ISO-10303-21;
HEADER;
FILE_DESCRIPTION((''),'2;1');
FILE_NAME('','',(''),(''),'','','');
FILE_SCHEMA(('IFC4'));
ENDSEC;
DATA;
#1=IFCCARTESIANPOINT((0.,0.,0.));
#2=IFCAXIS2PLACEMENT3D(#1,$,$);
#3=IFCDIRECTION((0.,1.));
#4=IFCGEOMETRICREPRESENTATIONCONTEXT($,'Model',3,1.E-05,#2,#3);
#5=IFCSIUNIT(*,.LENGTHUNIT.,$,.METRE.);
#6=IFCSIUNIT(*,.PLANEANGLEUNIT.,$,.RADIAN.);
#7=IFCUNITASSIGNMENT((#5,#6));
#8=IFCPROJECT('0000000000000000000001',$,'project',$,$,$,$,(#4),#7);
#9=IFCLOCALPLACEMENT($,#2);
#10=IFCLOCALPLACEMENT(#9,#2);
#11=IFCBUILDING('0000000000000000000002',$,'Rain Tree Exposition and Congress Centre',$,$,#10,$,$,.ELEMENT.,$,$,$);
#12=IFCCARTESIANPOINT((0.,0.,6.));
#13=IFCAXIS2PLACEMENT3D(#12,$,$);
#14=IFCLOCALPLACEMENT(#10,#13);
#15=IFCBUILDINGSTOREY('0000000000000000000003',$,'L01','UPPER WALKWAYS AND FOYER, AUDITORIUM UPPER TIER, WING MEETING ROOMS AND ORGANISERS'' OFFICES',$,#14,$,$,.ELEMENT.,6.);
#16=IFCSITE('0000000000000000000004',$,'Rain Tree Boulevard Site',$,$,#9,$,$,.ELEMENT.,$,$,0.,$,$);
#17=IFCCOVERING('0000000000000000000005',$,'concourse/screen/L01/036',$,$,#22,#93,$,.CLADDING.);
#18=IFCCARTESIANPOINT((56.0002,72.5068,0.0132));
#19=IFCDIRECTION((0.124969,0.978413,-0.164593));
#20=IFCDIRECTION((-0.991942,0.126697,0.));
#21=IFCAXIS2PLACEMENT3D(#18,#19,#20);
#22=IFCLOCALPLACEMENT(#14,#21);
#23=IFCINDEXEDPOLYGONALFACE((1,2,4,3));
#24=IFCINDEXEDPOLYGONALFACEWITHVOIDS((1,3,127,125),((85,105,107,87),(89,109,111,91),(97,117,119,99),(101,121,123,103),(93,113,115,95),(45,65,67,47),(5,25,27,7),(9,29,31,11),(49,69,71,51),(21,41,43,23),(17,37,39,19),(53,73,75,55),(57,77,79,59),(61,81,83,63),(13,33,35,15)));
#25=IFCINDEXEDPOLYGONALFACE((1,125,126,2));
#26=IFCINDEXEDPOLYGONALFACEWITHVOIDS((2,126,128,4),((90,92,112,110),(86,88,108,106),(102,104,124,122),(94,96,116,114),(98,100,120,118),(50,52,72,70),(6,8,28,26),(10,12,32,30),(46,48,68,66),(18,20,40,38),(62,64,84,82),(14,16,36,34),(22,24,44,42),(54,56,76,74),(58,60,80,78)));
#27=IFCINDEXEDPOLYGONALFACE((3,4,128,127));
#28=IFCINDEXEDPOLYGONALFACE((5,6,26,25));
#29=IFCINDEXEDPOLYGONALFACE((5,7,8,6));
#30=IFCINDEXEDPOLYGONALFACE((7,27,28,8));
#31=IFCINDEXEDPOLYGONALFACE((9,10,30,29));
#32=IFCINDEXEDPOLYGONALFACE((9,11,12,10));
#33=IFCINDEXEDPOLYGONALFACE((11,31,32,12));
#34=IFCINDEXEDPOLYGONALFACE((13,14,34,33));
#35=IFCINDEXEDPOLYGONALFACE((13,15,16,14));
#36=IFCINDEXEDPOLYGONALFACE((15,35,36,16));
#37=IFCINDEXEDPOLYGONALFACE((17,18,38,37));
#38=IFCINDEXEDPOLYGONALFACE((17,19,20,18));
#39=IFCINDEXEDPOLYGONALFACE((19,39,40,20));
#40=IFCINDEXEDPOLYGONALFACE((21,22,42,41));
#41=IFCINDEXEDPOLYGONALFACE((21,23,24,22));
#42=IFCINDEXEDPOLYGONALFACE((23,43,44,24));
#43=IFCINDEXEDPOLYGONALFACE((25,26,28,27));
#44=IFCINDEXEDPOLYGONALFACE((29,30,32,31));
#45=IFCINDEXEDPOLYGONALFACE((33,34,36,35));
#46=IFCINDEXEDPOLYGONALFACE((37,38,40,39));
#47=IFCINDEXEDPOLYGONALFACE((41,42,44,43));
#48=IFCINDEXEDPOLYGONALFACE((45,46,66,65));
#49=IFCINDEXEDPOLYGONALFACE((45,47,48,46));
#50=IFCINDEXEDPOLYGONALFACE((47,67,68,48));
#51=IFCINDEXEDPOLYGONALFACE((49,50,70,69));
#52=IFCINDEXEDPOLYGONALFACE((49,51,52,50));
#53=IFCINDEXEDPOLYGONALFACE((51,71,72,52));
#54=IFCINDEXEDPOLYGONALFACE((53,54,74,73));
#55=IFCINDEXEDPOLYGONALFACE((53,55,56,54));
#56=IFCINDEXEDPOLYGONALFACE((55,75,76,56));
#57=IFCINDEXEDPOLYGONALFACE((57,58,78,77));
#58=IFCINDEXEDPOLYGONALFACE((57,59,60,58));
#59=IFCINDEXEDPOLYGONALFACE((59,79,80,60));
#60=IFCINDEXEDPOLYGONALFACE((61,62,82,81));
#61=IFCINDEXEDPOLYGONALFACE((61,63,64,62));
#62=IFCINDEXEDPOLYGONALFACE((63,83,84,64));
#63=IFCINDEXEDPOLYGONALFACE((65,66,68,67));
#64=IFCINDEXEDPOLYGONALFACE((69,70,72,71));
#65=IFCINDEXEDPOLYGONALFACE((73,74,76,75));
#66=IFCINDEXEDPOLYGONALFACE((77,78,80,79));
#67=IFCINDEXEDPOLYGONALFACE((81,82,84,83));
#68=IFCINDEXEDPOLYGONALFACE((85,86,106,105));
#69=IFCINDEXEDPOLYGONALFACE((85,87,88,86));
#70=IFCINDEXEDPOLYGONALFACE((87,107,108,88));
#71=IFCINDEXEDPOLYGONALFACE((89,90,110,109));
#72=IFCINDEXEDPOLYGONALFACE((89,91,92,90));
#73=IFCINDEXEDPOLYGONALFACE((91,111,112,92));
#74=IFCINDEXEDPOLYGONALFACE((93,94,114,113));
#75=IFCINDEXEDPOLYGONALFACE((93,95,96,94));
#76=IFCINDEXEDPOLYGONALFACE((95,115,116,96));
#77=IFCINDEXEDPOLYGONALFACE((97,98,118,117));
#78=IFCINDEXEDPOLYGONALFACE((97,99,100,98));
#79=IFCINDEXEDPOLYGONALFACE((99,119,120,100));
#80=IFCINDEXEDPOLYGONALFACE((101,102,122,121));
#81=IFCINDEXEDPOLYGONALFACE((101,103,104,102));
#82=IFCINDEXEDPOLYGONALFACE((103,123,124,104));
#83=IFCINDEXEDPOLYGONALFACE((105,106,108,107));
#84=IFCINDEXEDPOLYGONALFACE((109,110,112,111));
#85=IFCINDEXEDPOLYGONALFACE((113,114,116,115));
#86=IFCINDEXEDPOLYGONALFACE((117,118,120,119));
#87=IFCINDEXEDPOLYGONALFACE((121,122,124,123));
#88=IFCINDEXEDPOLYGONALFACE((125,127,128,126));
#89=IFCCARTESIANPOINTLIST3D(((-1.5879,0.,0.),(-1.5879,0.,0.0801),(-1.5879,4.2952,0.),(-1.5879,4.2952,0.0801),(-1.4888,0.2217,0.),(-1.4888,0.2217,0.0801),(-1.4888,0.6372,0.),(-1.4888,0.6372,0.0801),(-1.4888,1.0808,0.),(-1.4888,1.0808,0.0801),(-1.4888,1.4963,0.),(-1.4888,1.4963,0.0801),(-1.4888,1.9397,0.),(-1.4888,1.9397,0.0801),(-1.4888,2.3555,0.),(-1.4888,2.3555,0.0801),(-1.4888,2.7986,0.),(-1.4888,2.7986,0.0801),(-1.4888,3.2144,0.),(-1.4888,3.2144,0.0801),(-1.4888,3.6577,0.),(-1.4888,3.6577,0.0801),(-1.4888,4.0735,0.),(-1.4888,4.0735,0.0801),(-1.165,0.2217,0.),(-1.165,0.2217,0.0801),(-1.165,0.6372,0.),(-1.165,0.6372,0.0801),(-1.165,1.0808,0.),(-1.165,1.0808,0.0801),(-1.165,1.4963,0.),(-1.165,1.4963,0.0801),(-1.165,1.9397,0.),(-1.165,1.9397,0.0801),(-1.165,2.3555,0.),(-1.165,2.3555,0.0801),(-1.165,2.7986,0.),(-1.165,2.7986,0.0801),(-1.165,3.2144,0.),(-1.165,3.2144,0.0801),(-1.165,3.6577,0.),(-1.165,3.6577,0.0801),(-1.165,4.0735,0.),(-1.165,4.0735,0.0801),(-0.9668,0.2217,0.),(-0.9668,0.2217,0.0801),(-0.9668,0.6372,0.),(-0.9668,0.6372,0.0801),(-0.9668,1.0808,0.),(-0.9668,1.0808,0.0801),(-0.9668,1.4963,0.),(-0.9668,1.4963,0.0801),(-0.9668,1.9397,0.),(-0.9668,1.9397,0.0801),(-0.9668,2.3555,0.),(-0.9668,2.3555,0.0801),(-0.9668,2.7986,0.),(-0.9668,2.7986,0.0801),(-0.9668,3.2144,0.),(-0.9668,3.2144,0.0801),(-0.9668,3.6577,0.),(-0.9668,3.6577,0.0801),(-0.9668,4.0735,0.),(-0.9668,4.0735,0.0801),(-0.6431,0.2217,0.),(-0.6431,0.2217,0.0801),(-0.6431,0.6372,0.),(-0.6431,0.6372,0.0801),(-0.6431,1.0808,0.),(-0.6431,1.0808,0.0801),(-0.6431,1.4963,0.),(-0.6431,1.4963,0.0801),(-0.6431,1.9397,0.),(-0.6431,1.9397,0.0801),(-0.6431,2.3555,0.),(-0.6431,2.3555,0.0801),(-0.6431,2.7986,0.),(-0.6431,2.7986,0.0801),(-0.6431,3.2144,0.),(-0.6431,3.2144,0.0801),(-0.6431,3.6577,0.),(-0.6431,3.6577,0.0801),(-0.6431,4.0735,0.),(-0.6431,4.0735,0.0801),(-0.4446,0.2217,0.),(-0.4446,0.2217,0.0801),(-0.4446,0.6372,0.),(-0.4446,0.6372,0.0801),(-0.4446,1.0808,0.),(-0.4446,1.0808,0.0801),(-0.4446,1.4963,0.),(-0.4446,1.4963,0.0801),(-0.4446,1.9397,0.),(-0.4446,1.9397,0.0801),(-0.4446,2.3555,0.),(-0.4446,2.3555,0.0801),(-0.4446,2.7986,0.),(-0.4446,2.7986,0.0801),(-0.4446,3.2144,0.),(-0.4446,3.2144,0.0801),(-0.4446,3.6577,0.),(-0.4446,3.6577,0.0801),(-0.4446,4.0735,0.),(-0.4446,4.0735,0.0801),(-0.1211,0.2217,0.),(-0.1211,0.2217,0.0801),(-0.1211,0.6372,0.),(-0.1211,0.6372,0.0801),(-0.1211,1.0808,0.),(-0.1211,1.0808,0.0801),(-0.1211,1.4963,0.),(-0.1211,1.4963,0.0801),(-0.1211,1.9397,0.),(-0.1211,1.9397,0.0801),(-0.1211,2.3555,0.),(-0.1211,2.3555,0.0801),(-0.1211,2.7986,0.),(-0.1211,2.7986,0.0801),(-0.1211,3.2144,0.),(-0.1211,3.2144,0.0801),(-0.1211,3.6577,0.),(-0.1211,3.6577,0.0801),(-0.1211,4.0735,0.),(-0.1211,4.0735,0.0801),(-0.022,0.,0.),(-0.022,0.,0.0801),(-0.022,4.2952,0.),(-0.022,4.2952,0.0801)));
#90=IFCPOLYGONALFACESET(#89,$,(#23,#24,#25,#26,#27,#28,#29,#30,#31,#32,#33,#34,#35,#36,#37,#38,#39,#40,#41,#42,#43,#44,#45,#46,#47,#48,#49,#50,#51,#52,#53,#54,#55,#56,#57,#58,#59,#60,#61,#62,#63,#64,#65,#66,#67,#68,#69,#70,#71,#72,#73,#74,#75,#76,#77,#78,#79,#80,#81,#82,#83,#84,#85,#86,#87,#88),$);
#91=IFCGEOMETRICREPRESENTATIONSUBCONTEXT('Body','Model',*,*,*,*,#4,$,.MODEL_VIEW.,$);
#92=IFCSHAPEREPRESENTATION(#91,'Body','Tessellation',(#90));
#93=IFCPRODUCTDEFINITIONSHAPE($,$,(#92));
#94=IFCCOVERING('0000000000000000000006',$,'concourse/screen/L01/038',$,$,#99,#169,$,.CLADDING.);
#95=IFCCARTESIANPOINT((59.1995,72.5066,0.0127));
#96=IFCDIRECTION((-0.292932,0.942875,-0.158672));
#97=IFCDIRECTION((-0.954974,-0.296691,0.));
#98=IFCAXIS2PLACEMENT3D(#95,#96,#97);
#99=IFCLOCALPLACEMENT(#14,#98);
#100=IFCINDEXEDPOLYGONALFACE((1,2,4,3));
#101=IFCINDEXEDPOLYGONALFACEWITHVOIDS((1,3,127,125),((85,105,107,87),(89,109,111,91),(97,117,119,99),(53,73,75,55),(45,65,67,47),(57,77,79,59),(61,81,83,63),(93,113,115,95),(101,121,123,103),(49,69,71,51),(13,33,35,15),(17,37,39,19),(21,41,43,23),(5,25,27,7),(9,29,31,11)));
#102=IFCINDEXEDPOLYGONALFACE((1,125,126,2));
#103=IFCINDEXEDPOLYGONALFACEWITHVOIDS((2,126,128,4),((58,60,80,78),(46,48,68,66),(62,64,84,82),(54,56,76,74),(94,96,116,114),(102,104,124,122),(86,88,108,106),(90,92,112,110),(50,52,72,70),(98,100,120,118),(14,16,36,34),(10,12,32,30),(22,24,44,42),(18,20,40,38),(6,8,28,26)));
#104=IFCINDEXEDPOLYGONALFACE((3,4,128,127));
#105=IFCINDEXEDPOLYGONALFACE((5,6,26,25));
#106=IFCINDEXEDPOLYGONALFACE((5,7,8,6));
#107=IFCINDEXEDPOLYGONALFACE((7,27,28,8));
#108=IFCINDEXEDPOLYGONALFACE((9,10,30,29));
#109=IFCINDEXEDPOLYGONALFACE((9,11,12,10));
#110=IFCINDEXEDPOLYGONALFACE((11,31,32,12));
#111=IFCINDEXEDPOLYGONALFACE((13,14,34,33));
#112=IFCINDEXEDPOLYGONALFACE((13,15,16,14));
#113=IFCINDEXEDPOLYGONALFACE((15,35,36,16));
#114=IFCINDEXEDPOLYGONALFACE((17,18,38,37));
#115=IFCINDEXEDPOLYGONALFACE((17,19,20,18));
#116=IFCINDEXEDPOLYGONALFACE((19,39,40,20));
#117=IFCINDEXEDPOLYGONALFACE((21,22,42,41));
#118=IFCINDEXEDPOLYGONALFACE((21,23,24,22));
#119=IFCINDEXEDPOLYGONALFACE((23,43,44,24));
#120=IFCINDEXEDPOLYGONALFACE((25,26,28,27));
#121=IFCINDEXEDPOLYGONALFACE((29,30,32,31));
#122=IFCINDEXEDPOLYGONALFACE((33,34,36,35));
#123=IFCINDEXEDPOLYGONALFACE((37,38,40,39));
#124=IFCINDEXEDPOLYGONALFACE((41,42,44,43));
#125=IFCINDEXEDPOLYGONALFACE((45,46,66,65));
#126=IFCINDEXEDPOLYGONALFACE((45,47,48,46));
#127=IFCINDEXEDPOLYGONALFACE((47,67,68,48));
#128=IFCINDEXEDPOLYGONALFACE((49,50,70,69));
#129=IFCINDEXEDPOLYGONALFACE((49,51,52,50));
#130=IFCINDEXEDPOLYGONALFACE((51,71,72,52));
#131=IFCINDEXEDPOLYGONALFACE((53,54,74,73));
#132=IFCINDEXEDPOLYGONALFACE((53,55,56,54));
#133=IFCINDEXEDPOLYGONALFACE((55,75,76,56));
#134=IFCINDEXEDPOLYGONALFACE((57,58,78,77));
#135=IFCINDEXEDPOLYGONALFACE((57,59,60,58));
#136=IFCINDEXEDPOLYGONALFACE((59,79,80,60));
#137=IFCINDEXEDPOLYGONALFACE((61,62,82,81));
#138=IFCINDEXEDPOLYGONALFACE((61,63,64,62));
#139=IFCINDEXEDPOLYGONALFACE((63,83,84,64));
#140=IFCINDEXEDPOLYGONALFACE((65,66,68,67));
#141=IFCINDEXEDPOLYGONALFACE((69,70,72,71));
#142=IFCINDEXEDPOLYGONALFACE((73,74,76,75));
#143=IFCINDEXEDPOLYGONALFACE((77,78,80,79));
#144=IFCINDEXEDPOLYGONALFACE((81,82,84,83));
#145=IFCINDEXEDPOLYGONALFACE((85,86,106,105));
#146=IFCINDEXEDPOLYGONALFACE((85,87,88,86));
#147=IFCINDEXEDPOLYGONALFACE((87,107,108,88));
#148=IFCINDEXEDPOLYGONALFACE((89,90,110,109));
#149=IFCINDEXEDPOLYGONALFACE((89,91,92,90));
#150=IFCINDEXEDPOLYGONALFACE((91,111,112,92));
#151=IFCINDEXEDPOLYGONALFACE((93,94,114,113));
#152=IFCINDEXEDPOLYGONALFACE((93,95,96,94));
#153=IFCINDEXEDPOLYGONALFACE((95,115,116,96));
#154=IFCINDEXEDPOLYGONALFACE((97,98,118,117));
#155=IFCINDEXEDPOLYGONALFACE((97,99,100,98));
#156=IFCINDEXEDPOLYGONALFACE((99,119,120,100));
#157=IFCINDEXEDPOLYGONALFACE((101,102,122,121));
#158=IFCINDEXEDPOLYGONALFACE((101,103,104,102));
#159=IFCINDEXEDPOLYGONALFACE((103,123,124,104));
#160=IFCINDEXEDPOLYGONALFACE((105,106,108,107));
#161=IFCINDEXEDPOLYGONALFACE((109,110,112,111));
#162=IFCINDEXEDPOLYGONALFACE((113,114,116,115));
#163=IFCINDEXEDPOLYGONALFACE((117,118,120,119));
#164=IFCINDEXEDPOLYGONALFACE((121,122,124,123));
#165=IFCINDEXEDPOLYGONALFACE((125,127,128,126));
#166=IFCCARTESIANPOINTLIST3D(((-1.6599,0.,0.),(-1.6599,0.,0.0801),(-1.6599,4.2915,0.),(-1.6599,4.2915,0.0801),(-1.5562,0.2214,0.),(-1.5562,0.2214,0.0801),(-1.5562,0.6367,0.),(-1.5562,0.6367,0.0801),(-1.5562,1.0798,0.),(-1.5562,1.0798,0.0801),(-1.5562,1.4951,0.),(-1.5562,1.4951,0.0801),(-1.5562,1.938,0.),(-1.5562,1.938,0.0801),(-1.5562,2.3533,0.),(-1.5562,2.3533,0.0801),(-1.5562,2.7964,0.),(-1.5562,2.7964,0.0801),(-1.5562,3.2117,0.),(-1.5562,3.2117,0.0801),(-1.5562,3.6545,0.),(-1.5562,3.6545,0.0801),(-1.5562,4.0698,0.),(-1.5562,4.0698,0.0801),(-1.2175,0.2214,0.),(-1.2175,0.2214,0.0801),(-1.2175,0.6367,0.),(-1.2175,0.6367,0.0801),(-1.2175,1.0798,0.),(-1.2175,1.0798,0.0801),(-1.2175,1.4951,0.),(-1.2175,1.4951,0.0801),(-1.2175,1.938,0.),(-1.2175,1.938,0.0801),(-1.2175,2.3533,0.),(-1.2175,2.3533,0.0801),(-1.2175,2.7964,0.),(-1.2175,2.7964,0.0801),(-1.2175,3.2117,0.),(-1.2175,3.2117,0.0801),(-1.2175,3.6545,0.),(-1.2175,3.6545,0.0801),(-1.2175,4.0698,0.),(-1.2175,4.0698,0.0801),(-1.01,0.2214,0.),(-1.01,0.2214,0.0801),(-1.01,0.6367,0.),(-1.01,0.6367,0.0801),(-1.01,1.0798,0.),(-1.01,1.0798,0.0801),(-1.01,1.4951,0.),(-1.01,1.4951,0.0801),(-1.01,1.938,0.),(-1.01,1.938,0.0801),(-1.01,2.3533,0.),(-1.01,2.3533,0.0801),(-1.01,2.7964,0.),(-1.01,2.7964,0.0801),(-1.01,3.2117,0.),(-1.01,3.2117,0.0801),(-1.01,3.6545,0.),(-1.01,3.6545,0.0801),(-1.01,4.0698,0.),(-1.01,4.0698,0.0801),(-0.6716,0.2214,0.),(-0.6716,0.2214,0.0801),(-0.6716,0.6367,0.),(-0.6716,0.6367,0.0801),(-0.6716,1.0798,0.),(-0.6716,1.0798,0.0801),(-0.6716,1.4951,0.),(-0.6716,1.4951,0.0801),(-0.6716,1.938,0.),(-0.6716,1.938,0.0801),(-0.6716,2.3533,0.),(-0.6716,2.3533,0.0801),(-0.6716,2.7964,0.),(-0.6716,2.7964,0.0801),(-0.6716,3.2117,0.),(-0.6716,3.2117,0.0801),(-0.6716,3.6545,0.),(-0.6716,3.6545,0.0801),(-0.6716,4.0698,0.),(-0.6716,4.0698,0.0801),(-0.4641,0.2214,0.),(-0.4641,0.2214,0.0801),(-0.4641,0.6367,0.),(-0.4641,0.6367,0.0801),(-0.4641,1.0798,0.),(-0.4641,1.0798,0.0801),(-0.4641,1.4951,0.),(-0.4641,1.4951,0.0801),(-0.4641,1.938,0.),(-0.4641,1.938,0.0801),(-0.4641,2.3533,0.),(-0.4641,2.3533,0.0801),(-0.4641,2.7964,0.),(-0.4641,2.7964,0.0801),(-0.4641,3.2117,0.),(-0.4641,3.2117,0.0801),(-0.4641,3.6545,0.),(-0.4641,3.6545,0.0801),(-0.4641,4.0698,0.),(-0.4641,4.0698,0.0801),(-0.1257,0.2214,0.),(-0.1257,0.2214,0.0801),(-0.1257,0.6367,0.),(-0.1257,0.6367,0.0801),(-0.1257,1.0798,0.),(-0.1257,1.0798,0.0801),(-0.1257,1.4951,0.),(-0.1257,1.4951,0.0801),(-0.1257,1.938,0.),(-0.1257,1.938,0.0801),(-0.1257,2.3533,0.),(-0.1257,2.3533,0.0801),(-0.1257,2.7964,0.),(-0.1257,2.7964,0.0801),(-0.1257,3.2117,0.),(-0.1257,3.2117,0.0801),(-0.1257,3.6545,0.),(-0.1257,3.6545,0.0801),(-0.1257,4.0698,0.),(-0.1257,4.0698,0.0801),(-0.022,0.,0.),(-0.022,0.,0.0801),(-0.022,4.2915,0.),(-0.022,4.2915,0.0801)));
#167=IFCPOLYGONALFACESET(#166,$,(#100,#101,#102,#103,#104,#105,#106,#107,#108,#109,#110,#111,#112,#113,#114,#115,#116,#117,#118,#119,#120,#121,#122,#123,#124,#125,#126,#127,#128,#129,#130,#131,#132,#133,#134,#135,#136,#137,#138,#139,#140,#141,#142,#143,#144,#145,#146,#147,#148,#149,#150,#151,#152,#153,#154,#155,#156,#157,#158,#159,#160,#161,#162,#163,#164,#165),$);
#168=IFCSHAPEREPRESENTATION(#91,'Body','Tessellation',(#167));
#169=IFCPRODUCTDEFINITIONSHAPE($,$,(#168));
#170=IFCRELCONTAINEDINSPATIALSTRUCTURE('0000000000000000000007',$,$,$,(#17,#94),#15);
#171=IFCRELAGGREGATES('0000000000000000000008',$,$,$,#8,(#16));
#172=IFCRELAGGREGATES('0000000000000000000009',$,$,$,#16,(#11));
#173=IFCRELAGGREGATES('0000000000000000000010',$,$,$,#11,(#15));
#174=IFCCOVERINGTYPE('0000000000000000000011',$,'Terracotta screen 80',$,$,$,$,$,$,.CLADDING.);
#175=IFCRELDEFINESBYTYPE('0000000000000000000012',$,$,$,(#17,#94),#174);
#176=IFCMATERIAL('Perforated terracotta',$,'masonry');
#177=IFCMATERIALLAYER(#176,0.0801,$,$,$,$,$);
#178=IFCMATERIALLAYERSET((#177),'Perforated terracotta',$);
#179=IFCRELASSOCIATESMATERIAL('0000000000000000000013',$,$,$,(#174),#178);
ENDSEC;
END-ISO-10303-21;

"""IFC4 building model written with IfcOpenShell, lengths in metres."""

from ifc_helpers import new_model, si_unit, direction, frame, origin, place, context, subcontext, project, spatial, polyline, outline, extrude, material, layer, layer_set, type_object, element, save


model = new_model("IFC4")

# Units and contexts
model_context = context("Model", 3, precision=1e-05, world=origin(), true_north=direction((0.0, 1.0)))
body_context = subcontext(model_context, "Body", "Model", "MODEL_VIEW")
ifc_project = project(units=[si_unit("LENGTHUNIT", "METRE"), si_unit("PLANEANGLEUNIT", "RADIAN")], contexts=[model_context])

# Site, building, storey
site_placement = place(None, origin())
site = spatial("IfcSite", under=ifc_project, at=site_placement, Name="Rain Tree Boulevard Site", CompositionType="ELEMENT", RefElevation=0.0)
building_placement = place(site_placement, origin())
building = spatial("IfcBuilding", under=site, at=building_placement, Name="Rain Tree Exposition and Congress Centre", CompositionType="ELEMENT")
storey_placement = place(building_placement, frame((0.0, 0.0, 6.0)))
storey = spatial("IfcBuildingStorey", under=building, at=storey_placement, Name="L01", Description="UPPER WALKWAYS AND FOYER, AUDITORIUM UPPER TIER, WING MEETING ROOMS AND ORGANISERS' OFFICES", CompositionType="ELEMENT", Elevation=6.0)

# Coverings
ifc_material_1 = material(Name="Perforated terracotta", Category="masonry")
ifc_layer = layer(ifc_material_1, 0.0801)
ifc_layer_set = layer_set([ifc_layer], Name="Perforated terracotta")
covering_type = type_object("IfcCoveringType", Name="Terracotta screen 80", PredefinedType="CLADDING", material=ifc_layer_set)
covering_1_placement = place(storey_placement, frame((56.0002, 72.5068, 0.0132), z_axis=(0.124969, 0.978413, -0.164593), x_axis=(-0.991942, 0.126697, 0.0)))
element("IfcCovering", 1, at=covering_1_placement, inside=storey, type_object=covering_type, Name="concourse/screen/L01/036", PredefinedType="CLADDING", context=body_context, shape_type="SweptSolid", body=[
    extrude(outline(polyline([(-1.5879, 0.0), (-1.5879, 4.2952), (-0.022, 4.2952), (-0.022, 0.0), (-1.5879, 0.0)]), holes=[polyline([(-0.1211, 0.2217), (-0.1211, 0.6372), (-0.4446, 0.6372), (-0.4446, 0.2217), (-0.1211, 0.2217)]), polyline([(-0.1211, 1.0808), (-0.1211, 1.4963), (-0.4446, 1.4963), (-0.4446, 1.0808), (-0.1211, 1.0808)]), polyline([(-0.1211, 1.9397), (-0.1211, 2.3555), (-0.4446, 2.3555), (-0.4446, 1.9397), (-0.1211, 1.9397)]), polyline([(-0.1211, 2.7986), (-0.1211, 3.2144), (-0.4446, 3.2144), (-0.4446, 2.7986), (-0.1211, 2.7986)]), polyline([(-0.1211, 3.6577), (-0.1211, 4.0735), (-0.4446, 4.0735), (-0.4446, 3.6577), (-0.1211, 3.6577)]), polyline([(-0.6431, 0.2217), (-0.6431, 0.6372), (-0.9668, 0.6372), (-0.9668, 0.2217), (-0.6431, 0.2217)]), polyline([(-0.6431, 1.0808), (-0.6431, 1.4963), (-0.9668, 1.4963), (-0.9668, 1.0808), (-0.6431, 1.0808)]), polyline([(-0.6431, 1.9397), (-0.6431, 2.3555), (-0.9668, 2.3555), (-0.9668, 1.9397), (-0.6431, 1.9397)]), polyline([(-0.6431, 2.7986), (-0.6431, 3.2144), (-0.9668, 3.2144), (-0.9668, 2.7986), (-0.6431, 2.7986)]), polyline([(-0.6431, 3.6577), (-0.6431, 4.0735), (-0.9668, 4.0735), (-0.9668, 3.6577), (-0.6431, 3.6577)]), polyline([(-1.165, 0.2217), (-1.165, 0.6372), (-1.4888, 0.6372), (-1.4888, 0.2217), (-1.165, 0.2217)]), polyline([(-1.165, 1.0808), (-1.165, 1.4963), (-1.4888, 1.4963), (-1.4888, 1.0808), (-1.165, 1.0808)]), polyline([(-1.165, 1.9397), (-1.165, 2.3555), (-1.4888, 2.3555), (-1.4888, 1.9397), (-1.165, 1.9397)]), polyline([(-1.165, 2.7986), (-1.165, 3.2144), (-1.4888, 3.2144), (-1.4888, 2.7986), (-1.165, 2.7986)]), polyline([(-1.165, 3.6577), (-1.165, 4.0735), (-1.4888, 4.0735), (-1.4888, 3.6577), (-1.165, 3.6577)])]), origin(), (0.0, 0.0, 1.0), 0.0801),
])
covering_2_placement = place(storey_placement, frame((59.1995, 72.5066, 0.0127), z_axis=(-0.292932, 0.942875, -0.158672), x_axis=(-0.954974, -0.296691, 0.0)))
element("IfcCovering", 2, at=covering_2_placement, inside=storey, type_object=covering_type, Name="concourse/screen/L01/038", PredefinedType="CLADDING", context=body_context, shape_type="SweptSolid", body=[
    extrude(outline(polyline([(-1.6599, 0.0), (-1.6599, 4.2915), (-0.022, 4.2915), (-0.022, 0.0), (-1.6599, 0.0)]), holes=[polyline([(-0.1257, 0.2214), (-0.1257, 0.6367), (-0.4641, 0.6367), (-0.4641, 0.2214), (-0.1257, 0.2214)]), polyline([(-0.1257, 1.0798), (-0.1257, 1.4951), (-0.4641, 1.4951), (-0.4641, 1.0798), (-0.1257, 1.0798)]), polyline([(-0.1257, 1.938), (-0.1257, 2.3533), (-0.4641, 2.3533), (-0.4641, 1.938), (-0.1257, 1.938)]), polyline([(-0.1257, 2.7964), (-0.1257, 3.2117), (-0.4641, 3.2117), (-0.4641, 2.7964), (-0.1257, 2.7964)]), polyline([(-0.1257, 3.6545), (-0.1257, 4.0698), (-0.4641, 4.0698), (-0.4641, 3.6545), (-0.1257, 3.6545)]), polyline([(-0.6716, 0.2214), (-0.6716, 0.6367), (-1.01, 0.6367), (-1.01, 0.2214), (-0.6716, 0.2214)]), polyline([(-0.6716, 1.0798), (-0.6716, 1.4951), (-1.01, 1.4951), (-1.01, 1.0798), (-0.6716, 1.0798)]), polyline([(-0.6716, 1.938), (-0.6716, 2.3533), (-1.01, 2.3533), (-1.01, 1.938), (-0.6716, 1.938)]), polyline([(-0.6716, 2.7964), (-0.6716, 3.2117), (-1.01, 3.2117), (-1.01, 2.7964), (-0.6716, 2.7964)]), polyline([(-0.6716, 3.6545), (-0.6716, 4.0698), (-1.01, 4.0698), (-1.01, 3.6545), (-0.6716, 3.6545)]), polyline([(-1.2175, 0.2214), (-1.2175, 0.6367), (-1.5562, 0.6367), (-1.5562, 0.2214), (-1.2175, 0.2214)]), polyline([(-1.2175, 1.0798), (-1.2175, 1.4951), (-1.5562, 1.4951), (-1.5562, 1.0798), (-1.2175, 1.0798)]), polyline([(-1.2175, 1.938), (-1.2175, 2.3533), (-1.5562, 2.3533), (-1.5562, 1.938), (-1.2175, 1.938)]), polyline([(-1.2175, 2.7964), (-1.2175, 3.2117), (-1.5562, 3.2117), (-1.5562, 2.7964), (-1.2175, 2.7964)]), polyline([(-1.2175, 3.6545), (-1.2175, 4.0698), (-1.5562, 4.0698), (-1.5562, 3.6545), (-1.2175, 3.6545)])]), origin(), (0.0, 0.0, 1.0), 0.0801),
])

save(model, "model.ifc")
